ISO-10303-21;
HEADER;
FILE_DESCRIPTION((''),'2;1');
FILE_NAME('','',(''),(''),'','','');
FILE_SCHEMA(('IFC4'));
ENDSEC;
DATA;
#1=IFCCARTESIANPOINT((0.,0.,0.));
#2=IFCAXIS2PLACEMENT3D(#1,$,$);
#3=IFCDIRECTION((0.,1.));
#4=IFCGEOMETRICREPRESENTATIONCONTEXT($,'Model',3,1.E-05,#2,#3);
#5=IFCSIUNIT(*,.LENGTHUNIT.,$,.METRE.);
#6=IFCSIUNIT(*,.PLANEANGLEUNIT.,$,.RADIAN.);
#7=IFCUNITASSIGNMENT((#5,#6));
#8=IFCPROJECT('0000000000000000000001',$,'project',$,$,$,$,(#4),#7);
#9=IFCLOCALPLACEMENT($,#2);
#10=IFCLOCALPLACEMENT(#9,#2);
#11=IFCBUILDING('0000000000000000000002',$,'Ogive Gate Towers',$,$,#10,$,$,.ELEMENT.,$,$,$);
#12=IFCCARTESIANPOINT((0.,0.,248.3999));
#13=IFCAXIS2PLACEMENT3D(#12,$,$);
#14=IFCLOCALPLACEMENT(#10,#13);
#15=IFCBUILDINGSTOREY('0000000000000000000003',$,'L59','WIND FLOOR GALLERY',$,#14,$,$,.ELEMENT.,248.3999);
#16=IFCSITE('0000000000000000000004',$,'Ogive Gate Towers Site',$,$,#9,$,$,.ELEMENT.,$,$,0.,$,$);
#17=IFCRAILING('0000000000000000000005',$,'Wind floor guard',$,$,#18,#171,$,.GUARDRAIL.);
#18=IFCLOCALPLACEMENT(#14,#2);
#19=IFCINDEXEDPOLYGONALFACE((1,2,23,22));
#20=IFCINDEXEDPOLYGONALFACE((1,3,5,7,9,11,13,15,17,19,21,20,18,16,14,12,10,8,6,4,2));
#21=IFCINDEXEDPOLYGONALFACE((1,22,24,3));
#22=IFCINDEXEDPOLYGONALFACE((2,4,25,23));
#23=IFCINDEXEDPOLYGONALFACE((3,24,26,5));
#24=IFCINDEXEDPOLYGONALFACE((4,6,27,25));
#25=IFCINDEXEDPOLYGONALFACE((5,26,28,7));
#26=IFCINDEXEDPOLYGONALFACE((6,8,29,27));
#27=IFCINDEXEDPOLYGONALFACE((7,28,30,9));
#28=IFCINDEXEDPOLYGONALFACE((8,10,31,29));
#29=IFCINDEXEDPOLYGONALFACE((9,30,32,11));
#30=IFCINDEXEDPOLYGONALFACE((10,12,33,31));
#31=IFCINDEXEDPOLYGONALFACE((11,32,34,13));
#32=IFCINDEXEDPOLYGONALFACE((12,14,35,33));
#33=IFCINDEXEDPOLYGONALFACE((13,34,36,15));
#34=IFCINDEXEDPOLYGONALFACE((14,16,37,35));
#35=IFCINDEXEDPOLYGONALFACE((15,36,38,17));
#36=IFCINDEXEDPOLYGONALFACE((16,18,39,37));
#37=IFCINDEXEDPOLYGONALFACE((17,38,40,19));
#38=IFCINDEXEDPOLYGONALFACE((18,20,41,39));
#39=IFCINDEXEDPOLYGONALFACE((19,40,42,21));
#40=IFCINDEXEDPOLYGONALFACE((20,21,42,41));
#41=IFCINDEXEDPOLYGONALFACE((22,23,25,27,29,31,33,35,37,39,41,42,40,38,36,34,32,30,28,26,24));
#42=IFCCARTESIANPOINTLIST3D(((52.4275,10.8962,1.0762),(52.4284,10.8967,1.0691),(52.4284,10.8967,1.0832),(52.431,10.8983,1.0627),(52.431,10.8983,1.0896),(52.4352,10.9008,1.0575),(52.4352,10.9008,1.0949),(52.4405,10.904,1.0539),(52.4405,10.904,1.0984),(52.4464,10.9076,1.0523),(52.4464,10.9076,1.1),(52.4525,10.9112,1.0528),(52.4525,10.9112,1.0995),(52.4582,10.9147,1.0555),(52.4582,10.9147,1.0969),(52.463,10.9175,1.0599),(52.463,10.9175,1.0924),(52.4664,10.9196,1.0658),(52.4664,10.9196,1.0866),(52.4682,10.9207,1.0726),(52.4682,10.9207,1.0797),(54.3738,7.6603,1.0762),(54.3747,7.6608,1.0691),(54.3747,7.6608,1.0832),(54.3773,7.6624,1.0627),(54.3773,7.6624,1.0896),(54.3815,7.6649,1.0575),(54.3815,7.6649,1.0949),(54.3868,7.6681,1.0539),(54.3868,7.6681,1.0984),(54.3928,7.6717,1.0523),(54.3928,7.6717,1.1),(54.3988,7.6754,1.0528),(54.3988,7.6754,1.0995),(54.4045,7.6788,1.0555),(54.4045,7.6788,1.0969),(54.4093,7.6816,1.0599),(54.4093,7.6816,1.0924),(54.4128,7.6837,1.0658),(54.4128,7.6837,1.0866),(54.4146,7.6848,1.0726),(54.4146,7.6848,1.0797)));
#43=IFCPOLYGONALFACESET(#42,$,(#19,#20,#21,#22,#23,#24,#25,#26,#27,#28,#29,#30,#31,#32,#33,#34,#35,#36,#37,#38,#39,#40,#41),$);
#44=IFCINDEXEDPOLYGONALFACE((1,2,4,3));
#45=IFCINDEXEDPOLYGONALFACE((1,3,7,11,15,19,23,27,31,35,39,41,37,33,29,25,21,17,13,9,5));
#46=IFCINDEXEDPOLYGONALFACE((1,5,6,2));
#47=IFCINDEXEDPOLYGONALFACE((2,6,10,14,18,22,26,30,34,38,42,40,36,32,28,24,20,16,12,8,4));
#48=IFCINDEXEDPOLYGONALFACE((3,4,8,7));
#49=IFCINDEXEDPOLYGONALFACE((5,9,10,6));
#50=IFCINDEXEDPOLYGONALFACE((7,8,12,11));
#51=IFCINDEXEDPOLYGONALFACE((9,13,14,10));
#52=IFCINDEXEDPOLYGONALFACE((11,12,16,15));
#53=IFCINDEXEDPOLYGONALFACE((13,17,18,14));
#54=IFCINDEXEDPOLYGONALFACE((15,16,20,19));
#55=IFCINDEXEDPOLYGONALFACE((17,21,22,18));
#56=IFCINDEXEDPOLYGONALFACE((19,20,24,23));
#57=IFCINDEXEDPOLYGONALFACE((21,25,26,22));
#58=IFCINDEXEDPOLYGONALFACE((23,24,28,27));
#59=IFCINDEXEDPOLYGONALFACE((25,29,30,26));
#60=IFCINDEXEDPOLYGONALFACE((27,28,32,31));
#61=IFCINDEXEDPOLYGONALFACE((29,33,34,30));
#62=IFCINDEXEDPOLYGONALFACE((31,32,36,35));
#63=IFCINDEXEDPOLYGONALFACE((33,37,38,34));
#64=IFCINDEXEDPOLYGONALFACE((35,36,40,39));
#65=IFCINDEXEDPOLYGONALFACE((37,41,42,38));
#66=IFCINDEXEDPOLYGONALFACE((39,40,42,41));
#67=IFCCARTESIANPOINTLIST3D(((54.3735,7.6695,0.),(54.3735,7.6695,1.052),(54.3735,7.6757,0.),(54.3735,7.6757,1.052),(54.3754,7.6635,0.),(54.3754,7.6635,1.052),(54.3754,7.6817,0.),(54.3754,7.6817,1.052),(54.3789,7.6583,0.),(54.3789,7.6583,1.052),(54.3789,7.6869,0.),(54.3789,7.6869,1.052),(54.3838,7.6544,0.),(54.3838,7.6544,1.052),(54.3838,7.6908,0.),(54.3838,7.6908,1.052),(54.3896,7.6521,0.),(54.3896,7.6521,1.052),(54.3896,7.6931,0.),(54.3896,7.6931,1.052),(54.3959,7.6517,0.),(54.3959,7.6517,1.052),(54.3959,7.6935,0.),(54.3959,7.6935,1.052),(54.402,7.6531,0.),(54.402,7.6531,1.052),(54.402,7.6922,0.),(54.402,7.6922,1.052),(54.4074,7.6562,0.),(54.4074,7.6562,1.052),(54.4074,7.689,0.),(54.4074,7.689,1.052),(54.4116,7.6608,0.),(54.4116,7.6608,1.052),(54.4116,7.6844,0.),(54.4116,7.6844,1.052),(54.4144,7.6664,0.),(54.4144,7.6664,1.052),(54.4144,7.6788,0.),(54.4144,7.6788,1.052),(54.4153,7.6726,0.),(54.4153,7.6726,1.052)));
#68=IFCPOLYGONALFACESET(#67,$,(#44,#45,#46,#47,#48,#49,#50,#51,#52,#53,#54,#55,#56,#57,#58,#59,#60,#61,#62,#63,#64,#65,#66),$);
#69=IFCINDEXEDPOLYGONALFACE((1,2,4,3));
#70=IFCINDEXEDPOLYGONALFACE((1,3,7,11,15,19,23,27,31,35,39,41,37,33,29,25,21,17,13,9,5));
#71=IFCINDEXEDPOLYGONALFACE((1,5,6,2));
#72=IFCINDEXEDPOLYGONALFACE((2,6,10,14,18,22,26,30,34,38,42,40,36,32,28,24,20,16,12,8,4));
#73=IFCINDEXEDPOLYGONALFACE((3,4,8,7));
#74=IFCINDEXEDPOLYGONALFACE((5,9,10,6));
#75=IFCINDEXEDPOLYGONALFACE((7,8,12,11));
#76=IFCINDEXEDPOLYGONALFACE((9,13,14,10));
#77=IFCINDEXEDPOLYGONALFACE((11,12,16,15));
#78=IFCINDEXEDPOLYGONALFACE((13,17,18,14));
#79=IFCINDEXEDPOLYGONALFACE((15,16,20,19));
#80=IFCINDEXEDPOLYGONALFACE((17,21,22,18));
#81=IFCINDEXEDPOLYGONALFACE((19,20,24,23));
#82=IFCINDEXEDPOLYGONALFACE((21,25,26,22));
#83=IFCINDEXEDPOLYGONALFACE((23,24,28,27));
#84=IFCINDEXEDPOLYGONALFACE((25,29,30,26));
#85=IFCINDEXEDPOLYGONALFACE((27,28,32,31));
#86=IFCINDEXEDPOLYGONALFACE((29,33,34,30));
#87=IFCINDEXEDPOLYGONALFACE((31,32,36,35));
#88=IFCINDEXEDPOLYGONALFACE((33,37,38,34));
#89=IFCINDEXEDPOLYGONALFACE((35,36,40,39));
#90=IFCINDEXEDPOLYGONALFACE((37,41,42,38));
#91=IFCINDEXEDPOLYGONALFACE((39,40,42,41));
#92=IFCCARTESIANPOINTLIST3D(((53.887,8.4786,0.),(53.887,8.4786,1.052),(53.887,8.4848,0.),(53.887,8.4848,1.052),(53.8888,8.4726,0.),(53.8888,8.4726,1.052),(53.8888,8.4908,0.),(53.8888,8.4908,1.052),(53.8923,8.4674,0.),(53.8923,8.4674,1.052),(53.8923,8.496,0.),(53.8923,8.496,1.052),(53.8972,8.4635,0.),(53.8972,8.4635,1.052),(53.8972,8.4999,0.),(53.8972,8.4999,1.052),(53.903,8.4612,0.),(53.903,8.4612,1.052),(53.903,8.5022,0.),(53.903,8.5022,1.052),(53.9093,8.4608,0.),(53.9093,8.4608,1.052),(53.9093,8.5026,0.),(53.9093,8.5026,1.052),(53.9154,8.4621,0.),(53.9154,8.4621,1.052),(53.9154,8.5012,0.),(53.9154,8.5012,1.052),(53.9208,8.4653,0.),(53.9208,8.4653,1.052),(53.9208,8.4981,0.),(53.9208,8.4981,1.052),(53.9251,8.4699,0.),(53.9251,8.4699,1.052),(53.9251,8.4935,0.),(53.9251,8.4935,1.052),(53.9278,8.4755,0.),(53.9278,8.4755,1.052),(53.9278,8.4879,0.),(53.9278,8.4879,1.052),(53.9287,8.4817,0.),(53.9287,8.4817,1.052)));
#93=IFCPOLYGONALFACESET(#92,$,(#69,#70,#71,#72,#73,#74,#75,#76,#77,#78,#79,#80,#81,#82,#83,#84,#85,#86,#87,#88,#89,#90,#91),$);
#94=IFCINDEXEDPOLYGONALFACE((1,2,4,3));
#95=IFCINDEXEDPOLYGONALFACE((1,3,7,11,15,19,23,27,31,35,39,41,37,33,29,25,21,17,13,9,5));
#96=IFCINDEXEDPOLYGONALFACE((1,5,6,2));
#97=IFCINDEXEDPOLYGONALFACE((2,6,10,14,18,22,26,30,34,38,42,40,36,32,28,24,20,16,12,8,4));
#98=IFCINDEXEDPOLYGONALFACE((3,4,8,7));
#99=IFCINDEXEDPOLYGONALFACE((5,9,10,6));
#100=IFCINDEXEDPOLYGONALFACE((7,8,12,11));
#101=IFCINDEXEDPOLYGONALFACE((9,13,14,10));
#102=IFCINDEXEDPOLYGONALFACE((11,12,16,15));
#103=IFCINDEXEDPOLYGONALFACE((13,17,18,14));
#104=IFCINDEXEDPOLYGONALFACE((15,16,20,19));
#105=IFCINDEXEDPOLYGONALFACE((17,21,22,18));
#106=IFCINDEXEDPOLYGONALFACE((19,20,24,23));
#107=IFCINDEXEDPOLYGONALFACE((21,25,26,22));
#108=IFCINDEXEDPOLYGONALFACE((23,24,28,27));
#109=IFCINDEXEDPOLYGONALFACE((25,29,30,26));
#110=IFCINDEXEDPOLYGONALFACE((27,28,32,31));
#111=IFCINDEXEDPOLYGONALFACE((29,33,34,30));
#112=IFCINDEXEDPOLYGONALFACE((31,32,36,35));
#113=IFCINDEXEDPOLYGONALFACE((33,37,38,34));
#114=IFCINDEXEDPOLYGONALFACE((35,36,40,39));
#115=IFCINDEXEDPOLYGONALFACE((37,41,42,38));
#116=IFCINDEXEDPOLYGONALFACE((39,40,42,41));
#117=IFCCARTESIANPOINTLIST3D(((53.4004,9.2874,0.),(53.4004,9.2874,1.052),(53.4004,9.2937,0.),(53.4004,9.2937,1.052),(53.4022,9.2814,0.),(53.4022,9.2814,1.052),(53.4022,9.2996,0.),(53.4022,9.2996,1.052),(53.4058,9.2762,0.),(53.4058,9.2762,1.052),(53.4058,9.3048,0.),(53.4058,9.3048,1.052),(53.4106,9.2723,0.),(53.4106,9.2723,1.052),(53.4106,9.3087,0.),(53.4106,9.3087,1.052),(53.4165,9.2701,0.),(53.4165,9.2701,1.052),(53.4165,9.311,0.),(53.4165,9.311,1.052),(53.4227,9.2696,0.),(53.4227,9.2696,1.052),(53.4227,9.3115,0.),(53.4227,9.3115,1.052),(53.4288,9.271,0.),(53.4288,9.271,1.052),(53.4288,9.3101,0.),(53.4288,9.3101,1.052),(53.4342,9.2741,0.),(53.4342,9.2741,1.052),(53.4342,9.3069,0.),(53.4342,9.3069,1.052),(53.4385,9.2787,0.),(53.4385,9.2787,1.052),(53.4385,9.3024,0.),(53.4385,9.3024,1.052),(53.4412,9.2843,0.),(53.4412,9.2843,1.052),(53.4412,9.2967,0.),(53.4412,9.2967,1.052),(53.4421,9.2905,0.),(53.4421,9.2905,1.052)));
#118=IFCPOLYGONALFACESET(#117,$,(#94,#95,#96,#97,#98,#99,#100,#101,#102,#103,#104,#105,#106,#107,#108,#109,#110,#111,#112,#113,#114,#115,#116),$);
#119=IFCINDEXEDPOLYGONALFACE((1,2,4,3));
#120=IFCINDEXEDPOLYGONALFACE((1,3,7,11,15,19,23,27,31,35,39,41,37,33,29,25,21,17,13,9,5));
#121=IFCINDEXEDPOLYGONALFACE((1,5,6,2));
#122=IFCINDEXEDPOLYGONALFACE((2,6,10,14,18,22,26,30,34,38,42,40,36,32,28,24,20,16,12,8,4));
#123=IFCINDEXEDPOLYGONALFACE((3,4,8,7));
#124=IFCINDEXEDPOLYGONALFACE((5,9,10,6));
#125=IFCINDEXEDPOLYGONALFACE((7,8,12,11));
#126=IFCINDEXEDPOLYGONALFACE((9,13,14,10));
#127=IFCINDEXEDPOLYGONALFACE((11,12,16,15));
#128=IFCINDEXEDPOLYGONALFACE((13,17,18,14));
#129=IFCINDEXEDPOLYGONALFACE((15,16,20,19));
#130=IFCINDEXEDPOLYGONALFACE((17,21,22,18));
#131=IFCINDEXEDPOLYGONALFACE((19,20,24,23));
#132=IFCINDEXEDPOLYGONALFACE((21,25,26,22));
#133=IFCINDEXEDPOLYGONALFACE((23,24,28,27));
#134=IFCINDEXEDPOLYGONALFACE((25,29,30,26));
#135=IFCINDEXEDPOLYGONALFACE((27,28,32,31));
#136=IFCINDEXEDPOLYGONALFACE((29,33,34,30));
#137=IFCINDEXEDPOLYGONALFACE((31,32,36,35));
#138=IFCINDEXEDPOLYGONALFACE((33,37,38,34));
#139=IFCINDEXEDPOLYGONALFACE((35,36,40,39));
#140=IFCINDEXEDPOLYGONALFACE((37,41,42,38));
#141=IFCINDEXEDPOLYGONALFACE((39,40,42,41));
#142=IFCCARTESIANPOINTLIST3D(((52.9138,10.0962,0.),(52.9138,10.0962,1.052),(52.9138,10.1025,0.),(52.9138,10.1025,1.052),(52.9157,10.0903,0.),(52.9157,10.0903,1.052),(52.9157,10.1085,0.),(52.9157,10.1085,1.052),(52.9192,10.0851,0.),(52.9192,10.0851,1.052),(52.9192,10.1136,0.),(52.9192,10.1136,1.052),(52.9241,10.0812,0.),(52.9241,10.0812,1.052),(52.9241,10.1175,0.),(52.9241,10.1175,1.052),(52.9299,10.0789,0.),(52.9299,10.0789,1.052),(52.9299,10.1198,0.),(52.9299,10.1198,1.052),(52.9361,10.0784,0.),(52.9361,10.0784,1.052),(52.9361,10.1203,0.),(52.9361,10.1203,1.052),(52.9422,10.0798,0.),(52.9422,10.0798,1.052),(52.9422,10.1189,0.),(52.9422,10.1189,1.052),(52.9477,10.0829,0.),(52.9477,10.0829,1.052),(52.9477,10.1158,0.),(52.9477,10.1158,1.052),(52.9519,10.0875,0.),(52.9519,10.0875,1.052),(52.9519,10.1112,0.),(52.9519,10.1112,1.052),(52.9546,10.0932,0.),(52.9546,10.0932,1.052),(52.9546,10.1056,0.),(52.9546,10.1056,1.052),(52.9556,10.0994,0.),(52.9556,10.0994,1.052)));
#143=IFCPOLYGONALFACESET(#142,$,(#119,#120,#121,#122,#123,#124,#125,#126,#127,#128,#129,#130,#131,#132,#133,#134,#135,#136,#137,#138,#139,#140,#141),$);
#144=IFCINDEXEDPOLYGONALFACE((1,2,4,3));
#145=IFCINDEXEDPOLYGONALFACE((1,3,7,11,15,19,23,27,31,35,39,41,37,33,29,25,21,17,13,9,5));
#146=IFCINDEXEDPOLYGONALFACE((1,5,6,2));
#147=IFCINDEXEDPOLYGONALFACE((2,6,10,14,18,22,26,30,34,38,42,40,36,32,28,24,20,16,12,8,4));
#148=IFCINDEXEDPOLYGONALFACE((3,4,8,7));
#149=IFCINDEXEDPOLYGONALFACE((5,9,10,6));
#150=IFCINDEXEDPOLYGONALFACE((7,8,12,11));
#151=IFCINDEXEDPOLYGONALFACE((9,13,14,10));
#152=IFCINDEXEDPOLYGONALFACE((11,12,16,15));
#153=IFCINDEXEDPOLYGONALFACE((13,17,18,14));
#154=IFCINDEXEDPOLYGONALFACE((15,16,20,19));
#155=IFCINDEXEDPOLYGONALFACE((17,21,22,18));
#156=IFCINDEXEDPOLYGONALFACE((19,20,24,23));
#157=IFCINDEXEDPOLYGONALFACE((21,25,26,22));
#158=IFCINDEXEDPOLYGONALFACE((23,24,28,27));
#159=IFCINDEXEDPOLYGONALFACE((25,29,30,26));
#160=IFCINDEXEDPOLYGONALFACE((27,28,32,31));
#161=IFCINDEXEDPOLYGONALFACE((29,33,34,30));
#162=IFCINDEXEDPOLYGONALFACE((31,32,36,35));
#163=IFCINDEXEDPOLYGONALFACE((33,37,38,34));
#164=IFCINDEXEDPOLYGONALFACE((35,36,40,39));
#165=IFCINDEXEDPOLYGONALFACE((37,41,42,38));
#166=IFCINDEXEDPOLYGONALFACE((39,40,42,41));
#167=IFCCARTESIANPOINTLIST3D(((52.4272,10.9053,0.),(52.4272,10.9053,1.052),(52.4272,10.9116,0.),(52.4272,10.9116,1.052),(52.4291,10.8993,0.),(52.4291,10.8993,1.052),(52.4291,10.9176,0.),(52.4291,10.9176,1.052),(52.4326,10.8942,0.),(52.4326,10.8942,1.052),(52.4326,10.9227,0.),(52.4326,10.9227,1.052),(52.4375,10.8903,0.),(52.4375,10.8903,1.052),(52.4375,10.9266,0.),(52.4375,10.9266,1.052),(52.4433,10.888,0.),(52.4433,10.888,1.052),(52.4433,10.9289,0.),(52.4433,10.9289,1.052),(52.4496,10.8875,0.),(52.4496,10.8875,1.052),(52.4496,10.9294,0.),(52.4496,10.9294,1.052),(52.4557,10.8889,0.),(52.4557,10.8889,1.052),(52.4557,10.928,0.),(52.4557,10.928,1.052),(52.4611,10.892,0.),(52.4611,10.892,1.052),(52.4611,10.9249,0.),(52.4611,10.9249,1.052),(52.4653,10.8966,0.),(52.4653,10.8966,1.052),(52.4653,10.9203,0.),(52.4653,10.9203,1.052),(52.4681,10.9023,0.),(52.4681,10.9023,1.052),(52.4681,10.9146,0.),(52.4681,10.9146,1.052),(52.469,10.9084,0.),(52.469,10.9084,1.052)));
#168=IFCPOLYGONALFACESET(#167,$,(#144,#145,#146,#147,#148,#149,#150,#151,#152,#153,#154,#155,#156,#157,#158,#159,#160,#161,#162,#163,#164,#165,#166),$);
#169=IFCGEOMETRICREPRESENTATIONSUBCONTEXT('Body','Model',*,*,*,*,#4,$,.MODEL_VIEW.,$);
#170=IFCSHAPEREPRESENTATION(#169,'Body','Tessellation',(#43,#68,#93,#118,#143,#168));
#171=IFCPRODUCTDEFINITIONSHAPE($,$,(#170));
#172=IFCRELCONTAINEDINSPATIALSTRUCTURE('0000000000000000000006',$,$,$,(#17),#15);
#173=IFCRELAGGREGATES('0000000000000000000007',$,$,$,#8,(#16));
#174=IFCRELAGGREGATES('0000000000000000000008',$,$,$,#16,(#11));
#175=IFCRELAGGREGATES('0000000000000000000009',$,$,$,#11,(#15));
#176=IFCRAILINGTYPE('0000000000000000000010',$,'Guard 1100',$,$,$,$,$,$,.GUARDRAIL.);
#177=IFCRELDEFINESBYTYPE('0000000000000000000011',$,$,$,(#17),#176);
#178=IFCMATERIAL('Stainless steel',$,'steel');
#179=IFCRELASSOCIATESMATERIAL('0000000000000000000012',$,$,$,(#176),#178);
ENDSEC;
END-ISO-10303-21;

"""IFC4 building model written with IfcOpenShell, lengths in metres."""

from ifc_helpers import new_model, si_unit, direction, frame, origin, origin_2d, place, context, subcontext, project, spatial, circle, extrude, material, type_object, element, save


model = new_model("IFC4")

# Units and contexts
model_context = context("Model", 3, precision=1e-05, world=origin(), true_north=direction((0.0, 1.0)))
body_context = subcontext(model_context, "Body", "Model", "MODEL_VIEW")
ifc_project = project(units=[si_unit("LENGTHUNIT", "METRE"), si_unit("PLANEANGLEUNIT", "RADIAN")], contexts=[model_context])

# Site, building, storey
site_placement = place(None, origin())
site = spatial("IfcSite", under=ifc_project, at=site_placement, Name="Ogive Gate Towers Site", CompositionType="ELEMENT", RefElevation=0.0)
building_placement = place(site_placement, origin())
building = spatial("IfcBuilding", under=site, at=building_placement, Name="Ogive Gate Towers", CompositionType="ELEMENT")
storey_placement = place(building_placement, frame((0.0, 0.0, 248.3999)))
storey = spatial("IfcBuildingStorey", under=building, at=storey_placement, Name="L59", Description="WIND FLOOR GALLERY", CompositionType="ELEMENT", Elevation=248.3999)

# Railing
ifc_material_1 = material(Name="Stainless steel", Category="steel")
railing_type_1 = type_object("IfcRailingType", Name="Guard 1100", PredefinedType="GUARDRAIL", material=ifc_material_1)
railing_1_placement = place(storey_placement, frame((54.3943, 7.6726, 0.0)))
element("IfcRailing", 1, at=railing_1_placement, inside=storey, type_object=railing_type_1, Name="Wind floor guard", PredefinedType="GUARDRAIL", context=body_context, shape_type="SweptSolid", body=[
    extrude(circle(Radius=0.0239, at=origin_2d()), frame((0.0, 0.0, 1.0762), z_axis=(-0.515427, 0.856933, 0.0), x_axis=(-0.856933, -0.515427, 0.0)), (0.0, 0.0, 1.0), 3.7761),
    extrude(circle(Radius=0.021, at=origin_2d()), origin(), (0.0, 0.0, 1.0), 1.052),
    extrude(circle(Radius=0.021, at=origin_2d()), frame((-0.4866, 0.8091, 0.0)), (0.0, 0.0, 1.0), 1.052),
    extrude(circle(Radius=0.021, at=origin_2d()), frame((-0.9731, 1.6179, 0.0)), (0.0, 0.0, 1.0), 1.052),
    extrude(circle(Radius=0.021, at=origin_2d()), frame((-1.4597, 2.4268, 0.0)), (0.0, 0.0, 1.0), 1.052),
    extrude(circle(Radius=0.021, at=origin_2d()), frame((-1.9463, 3.2358, 0.0)), (0.0, 0.0, 1.0), 1.052),
])

save(model, "model.ifc")
